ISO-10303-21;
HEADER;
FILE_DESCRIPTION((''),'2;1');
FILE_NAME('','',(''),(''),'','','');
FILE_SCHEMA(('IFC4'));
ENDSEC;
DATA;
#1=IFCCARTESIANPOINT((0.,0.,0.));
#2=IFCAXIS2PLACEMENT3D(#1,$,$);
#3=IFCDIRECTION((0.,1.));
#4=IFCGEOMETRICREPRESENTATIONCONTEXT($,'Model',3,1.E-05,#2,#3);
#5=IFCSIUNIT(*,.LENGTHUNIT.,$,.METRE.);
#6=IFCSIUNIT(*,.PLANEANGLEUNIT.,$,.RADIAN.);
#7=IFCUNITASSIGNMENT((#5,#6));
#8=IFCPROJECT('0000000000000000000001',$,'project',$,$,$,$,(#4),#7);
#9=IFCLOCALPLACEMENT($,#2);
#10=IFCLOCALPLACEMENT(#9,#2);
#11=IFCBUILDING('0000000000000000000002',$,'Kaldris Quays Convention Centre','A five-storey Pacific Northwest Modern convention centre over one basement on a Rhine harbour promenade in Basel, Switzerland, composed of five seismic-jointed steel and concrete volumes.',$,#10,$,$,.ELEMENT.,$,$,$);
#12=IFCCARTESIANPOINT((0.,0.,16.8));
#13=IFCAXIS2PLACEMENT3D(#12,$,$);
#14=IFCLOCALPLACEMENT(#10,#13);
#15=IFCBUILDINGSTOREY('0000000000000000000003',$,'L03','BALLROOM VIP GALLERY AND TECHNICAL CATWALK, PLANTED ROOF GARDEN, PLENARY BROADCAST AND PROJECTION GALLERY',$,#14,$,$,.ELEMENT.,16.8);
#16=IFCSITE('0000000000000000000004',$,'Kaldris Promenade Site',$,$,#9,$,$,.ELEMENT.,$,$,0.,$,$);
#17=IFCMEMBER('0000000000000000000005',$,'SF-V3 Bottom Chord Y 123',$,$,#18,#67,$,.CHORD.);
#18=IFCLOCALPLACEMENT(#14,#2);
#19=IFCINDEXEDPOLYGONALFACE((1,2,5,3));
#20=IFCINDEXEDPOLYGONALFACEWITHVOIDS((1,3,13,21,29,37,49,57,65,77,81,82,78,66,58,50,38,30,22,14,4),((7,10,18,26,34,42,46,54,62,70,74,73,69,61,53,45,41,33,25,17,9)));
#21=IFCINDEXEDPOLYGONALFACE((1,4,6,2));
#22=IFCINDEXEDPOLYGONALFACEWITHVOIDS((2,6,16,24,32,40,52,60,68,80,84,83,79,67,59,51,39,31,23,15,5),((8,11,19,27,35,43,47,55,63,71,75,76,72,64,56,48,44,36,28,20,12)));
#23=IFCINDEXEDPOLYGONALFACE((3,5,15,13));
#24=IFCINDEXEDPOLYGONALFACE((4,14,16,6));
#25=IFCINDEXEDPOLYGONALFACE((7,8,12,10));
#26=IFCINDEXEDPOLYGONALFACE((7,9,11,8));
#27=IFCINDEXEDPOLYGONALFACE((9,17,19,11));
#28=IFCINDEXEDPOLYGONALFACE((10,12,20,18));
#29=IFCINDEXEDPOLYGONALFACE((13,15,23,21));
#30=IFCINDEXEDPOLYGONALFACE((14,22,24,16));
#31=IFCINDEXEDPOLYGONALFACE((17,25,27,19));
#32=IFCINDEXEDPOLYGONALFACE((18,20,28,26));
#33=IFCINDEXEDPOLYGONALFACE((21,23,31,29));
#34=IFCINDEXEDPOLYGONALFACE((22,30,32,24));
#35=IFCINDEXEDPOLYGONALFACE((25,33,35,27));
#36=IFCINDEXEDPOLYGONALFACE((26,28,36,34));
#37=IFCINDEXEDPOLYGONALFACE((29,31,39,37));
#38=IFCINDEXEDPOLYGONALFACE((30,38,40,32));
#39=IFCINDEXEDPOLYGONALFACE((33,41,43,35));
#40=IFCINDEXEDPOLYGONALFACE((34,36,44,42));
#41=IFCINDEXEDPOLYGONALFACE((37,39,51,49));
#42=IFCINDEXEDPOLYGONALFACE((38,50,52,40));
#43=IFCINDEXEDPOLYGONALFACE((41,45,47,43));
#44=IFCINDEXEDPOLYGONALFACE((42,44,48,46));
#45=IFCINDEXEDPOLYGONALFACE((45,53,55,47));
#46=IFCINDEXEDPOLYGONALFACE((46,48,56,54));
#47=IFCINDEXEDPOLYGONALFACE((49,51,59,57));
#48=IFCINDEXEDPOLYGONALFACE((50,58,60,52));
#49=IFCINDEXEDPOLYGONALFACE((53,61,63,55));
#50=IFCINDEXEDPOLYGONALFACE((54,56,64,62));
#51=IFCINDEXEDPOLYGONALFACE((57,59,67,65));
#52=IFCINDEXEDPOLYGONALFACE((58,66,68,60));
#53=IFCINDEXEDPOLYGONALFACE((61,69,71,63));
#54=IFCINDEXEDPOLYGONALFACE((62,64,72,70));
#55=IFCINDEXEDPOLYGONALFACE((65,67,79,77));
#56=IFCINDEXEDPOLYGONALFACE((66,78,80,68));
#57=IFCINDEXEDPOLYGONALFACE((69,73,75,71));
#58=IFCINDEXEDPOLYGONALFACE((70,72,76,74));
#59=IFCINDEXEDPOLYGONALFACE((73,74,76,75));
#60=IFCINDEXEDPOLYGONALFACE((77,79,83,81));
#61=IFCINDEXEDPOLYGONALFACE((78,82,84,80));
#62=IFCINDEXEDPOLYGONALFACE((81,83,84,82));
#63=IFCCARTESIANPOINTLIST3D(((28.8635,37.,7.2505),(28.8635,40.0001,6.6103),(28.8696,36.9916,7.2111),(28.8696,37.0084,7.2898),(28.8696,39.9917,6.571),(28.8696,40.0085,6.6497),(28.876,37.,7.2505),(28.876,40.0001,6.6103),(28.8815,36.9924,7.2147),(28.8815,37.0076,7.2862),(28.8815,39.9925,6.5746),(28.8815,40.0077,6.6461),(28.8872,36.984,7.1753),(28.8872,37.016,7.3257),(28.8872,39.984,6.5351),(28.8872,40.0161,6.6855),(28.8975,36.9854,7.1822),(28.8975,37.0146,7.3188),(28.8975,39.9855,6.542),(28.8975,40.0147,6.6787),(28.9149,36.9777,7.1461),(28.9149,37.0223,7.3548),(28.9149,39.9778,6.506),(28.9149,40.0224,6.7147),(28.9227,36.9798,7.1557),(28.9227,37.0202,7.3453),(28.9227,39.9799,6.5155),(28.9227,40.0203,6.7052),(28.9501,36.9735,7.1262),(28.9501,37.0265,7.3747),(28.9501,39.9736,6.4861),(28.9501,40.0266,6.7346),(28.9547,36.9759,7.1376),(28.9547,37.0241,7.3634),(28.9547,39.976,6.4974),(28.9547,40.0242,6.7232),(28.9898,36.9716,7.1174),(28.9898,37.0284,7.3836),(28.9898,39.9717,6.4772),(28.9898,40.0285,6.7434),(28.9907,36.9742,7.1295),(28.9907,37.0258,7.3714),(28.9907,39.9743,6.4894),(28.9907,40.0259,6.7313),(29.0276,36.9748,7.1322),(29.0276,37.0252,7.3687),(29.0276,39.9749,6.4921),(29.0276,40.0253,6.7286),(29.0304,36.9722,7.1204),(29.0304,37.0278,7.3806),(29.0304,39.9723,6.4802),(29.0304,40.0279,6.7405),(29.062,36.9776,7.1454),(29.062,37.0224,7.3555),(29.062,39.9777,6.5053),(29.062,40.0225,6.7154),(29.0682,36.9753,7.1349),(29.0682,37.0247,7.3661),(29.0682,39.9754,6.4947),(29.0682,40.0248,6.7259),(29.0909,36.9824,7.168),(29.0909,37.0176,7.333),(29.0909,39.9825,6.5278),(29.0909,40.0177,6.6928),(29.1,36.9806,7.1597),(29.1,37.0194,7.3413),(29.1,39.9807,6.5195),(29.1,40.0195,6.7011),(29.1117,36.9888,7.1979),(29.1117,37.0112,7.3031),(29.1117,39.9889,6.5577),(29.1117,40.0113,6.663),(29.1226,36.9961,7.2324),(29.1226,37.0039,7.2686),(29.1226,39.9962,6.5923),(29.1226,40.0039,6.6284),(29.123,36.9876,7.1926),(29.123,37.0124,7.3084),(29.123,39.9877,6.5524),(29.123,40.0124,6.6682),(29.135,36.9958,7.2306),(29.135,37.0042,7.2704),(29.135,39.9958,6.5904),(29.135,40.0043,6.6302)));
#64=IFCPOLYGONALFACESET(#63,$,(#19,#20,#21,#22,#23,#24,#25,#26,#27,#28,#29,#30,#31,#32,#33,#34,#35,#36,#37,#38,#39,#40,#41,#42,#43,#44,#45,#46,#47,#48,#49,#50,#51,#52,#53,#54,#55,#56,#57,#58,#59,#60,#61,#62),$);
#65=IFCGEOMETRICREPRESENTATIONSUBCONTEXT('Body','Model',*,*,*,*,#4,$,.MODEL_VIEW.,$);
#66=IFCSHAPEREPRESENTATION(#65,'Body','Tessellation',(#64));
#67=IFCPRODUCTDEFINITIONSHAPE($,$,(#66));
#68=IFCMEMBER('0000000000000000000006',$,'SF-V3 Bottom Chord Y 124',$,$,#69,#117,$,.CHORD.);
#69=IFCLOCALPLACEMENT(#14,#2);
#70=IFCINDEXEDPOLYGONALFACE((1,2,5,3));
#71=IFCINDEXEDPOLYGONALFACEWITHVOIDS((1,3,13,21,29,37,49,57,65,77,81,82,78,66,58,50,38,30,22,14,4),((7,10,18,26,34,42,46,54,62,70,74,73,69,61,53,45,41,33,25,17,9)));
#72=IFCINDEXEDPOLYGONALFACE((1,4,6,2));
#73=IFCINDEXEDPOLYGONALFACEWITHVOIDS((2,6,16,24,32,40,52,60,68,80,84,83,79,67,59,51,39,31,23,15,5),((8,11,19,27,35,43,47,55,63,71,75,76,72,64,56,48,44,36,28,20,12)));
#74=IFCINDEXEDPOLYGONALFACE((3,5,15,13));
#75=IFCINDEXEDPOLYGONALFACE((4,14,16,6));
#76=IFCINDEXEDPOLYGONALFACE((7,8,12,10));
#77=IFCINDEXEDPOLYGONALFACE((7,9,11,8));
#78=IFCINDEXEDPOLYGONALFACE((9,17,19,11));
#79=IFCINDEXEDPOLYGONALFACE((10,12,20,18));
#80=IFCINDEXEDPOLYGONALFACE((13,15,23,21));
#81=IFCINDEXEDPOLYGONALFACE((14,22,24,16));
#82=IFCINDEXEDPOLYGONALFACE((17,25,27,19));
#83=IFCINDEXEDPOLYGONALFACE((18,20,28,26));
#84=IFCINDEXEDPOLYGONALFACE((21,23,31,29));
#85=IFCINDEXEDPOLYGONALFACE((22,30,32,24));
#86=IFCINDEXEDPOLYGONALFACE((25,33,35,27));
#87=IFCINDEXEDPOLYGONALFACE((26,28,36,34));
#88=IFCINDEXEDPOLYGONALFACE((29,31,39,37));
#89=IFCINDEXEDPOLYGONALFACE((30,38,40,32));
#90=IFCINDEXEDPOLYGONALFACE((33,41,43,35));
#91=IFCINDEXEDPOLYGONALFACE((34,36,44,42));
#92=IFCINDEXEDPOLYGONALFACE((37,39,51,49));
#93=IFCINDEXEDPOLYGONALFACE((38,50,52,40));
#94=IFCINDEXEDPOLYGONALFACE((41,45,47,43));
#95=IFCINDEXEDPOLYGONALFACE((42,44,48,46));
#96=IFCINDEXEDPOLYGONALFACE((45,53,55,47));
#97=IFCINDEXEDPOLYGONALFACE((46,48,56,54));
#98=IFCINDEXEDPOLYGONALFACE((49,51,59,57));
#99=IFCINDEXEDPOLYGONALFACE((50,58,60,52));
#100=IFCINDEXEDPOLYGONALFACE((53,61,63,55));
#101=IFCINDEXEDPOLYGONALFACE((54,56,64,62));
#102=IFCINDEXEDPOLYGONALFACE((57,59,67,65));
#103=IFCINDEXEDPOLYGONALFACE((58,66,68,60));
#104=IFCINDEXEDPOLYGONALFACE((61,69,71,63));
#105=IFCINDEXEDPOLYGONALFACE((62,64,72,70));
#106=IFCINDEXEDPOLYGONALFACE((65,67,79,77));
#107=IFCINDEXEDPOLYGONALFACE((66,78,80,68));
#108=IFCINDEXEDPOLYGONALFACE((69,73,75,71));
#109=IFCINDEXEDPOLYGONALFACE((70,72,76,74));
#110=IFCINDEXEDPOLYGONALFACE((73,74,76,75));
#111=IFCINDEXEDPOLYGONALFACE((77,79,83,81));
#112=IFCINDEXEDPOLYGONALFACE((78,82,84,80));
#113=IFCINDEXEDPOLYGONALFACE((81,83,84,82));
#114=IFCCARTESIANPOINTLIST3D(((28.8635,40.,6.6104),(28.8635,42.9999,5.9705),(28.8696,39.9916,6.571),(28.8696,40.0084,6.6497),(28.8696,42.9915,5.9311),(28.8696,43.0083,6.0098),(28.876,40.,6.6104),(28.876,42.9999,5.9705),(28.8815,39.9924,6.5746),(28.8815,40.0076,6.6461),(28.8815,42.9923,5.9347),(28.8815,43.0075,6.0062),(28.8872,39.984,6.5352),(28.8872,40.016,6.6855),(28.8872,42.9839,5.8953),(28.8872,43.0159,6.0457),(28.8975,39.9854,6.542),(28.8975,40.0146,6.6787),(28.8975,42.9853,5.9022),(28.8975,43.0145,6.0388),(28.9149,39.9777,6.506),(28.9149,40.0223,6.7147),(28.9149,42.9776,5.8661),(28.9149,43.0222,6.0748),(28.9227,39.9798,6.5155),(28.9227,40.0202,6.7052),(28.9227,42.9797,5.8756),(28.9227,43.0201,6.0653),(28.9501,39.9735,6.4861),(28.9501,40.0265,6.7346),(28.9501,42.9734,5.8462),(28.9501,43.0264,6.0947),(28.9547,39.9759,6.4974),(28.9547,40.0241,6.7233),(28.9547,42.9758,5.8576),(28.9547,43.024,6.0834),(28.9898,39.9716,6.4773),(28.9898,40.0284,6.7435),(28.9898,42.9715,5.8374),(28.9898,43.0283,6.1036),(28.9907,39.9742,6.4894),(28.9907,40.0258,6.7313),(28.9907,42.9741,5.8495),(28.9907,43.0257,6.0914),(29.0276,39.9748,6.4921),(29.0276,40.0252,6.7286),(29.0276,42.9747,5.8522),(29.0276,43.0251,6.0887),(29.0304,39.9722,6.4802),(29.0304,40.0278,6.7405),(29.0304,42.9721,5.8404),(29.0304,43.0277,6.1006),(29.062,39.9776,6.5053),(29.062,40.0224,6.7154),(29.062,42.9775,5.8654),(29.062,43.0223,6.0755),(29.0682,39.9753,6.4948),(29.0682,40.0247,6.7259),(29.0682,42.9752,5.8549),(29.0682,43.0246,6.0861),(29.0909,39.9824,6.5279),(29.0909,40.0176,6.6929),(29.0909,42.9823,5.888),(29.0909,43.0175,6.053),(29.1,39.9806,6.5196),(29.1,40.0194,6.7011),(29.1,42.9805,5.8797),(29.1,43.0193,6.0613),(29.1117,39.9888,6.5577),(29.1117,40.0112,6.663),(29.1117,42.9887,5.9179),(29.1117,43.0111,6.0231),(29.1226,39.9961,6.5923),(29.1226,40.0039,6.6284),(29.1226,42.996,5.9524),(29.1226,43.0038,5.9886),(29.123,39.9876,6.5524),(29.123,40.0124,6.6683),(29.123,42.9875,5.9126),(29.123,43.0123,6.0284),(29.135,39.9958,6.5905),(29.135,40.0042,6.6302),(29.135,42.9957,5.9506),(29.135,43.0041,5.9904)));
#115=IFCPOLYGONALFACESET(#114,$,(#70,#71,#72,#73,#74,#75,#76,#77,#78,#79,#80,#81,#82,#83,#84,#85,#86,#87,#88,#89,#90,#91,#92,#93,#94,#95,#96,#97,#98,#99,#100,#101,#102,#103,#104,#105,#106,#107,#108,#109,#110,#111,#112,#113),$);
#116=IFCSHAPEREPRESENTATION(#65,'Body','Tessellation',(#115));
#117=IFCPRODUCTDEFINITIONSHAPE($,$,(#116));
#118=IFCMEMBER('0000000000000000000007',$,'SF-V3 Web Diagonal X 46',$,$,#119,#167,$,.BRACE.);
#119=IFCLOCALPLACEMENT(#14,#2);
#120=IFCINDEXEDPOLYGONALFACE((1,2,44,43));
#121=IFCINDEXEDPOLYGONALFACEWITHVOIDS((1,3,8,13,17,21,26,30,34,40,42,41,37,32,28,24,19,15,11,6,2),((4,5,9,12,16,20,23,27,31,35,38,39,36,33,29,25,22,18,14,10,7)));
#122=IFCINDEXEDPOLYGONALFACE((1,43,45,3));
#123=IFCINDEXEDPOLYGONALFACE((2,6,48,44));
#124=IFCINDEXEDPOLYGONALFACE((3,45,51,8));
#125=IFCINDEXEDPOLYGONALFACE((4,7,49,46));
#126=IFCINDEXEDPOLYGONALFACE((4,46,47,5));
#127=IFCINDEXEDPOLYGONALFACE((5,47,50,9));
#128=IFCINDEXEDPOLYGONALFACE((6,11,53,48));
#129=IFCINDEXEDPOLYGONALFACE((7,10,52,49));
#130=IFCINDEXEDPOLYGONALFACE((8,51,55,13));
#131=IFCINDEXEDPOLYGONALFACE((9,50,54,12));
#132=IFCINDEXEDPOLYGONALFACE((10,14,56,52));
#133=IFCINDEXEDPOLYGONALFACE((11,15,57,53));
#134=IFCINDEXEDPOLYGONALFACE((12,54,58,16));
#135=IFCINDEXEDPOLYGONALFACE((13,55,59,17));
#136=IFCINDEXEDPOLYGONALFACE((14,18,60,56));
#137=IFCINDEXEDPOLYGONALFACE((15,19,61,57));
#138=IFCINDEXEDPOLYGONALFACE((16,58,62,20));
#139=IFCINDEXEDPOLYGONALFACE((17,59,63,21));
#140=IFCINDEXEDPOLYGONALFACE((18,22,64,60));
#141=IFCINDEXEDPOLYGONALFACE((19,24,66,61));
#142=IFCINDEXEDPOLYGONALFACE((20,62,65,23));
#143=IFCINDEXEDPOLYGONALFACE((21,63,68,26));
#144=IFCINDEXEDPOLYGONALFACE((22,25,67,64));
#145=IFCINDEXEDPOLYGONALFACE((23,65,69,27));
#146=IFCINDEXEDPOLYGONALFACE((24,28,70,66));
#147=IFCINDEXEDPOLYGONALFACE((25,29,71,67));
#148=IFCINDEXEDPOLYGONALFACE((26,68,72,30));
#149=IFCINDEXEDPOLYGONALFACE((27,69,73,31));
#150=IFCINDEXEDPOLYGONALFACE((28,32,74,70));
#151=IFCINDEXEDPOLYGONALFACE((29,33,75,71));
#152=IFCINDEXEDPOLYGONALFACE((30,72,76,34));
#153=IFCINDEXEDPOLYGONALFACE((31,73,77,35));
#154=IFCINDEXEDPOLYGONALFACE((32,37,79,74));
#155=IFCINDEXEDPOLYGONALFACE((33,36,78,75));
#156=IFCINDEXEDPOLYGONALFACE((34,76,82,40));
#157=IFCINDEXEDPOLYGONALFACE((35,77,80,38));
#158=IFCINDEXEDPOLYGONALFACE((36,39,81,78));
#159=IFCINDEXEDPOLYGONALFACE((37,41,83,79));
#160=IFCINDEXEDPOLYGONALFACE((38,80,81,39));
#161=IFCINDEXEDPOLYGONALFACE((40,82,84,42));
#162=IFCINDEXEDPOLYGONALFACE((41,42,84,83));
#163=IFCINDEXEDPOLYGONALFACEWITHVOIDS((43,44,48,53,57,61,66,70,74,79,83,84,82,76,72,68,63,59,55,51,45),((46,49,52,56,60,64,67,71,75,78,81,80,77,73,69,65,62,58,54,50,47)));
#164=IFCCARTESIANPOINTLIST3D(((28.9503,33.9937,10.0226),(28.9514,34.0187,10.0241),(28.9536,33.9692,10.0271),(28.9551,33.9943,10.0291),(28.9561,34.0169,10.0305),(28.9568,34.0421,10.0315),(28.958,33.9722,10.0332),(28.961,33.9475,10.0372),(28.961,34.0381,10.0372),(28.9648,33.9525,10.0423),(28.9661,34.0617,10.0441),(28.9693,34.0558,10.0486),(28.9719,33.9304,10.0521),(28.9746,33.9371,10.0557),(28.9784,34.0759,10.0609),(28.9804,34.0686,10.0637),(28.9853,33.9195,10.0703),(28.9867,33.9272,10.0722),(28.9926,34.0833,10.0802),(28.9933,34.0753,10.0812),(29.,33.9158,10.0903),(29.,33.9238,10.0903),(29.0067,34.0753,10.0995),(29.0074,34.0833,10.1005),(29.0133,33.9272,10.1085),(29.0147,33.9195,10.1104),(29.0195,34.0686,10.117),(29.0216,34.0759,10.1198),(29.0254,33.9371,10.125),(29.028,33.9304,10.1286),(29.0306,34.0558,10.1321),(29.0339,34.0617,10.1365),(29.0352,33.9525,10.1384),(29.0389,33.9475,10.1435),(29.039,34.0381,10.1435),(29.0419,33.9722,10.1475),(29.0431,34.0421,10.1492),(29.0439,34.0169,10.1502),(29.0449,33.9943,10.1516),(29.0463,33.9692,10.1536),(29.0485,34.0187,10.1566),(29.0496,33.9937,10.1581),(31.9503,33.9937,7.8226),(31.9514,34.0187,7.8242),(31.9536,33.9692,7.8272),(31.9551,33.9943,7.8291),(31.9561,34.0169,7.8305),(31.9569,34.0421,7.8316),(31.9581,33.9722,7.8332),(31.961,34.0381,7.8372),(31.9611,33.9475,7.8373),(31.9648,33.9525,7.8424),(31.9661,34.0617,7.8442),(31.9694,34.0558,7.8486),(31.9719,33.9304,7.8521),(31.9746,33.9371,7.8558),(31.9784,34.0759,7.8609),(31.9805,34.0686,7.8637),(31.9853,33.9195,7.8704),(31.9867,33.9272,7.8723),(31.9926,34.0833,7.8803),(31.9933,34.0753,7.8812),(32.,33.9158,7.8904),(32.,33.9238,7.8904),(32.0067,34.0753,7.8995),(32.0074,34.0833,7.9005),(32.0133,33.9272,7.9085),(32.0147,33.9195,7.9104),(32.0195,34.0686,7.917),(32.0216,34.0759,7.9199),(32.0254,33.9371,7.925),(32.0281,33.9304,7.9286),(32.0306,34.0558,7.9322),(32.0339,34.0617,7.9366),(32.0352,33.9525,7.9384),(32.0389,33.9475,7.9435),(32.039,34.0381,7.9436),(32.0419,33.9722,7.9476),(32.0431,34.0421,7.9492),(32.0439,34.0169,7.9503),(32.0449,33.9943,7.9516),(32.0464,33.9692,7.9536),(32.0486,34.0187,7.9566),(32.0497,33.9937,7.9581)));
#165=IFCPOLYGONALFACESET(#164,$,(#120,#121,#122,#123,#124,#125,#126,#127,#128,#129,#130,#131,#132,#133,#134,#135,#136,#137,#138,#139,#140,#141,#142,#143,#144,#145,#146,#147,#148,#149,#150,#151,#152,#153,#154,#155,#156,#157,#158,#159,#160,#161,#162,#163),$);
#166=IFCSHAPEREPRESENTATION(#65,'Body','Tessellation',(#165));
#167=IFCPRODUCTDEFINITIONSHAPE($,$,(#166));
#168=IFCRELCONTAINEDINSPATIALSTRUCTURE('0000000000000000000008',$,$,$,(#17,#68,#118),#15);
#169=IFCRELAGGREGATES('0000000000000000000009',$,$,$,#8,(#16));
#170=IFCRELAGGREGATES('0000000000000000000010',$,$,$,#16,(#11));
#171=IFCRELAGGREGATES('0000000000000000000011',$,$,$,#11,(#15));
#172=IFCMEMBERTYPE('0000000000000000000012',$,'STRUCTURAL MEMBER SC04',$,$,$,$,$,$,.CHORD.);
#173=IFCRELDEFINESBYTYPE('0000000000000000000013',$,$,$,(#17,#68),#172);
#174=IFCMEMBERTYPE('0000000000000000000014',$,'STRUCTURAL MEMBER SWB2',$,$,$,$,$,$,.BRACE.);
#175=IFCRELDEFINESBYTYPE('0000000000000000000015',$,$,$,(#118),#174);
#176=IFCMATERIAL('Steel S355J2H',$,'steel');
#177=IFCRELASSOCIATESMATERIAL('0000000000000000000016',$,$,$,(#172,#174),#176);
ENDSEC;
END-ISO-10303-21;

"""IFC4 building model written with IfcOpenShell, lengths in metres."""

from ifc_helpers import new_model, si_unit, direction, frame, origin, origin_2d, place, context, subcontext, project, spatial, hollow_circle, extrude, material, material_profile, profile_set, type_object, element, save


model = new_model("IFC4")

# Units and contexts
model_context = context("Model", 3, precision=1e-05, world=origin(), true_north=direction((0.0, 1.0)))
body_context = subcontext(model_context, "Body", "Model", "MODEL_VIEW")
ifc_project = project(units=[si_unit("LENGTHUNIT", "METRE"), si_unit("PLANEANGLEUNIT", "RADIAN")], contexts=[model_context])

# Site, building, storey
site_placement = place(None, origin())
site = spatial("IfcSite", under=ifc_project, at=site_placement, Name="Kaldris Promenade Site", CompositionType="ELEMENT", RefElevation=0.0)
building_placement = place(site_placement, origin())
building = spatial("IfcBuilding", under=site, at=building_placement, Name="Kaldris Quays Convention Centre", Description="A five-storey Pacific Northwest Modern convention centre over one basement on a Rhine harbour promenade in Basel, Switzerland, composed of five seismic-jointed steel and concrete volumes.", CompositionType="ELEMENT")
storey_placement = place(building_placement, frame((0.0, 0.0, 16.8)))
storey = spatial("IfcBuildingStorey", under=building, at=storey_placement, Name="L03", Description="BALLROOM VIP GALLERY AND TECHNICAL CATWALK, PLANTED ROOF GARDEN, PLENARY BROADCAST AND PROJECTION GALLERY", CompositionType="ELEMENT", Elevation=16.8)

# Members
ifc_material_1 = material(Name="Steel S355J2H", Category="steel")
ifc_material_profile_1 = material_profile(ifc_material_1, hollow_circle(Radius=0.1365, WallThickness=0.0125, at=origin_2d()), Name="CHS 273x12.5")
ifc_profile_set_1 = profile_set([ifc_material_profile_1], Name="Steel S355J2H")
member_type_1 = type_object("IfcMemberType", Name="STRUCTURAL MEMBER SC04", PredefinedType="CHORD", material=ifc_profile_set_1)
member_1_placement = place(storey_placement, frame((29.0, 37.0, 7.2505), z_axis=(0.0, 0.977984, -0.208681), x_axis=(-1.0, 0.0, 0.0)))
element("IfcMember", 1, at=member_1_placement, inside=storey, type_object=member_type_1, Name="SF-V3 Bottom Chord Y 123", PredefinedType="CHORD", context=body_context, shape_type="SweptSolid", body=[
    extrude(hollow_circle(Radius=0.1365, WallThickness=0.0125, at=origin_2d()), origin(), (0.0, 0.0, 1.0), 3.0676),
])
member_2_placement = place(storey_placement, frame((29.0, 40.0, 6.6104), z_axis=(0.0, 0.978, -0.208605), x_axis=(-1.0, 0.0, 0.0)))
element("IfcMember", 2, at=member_2_placement, inside=storey, type_object=member_type_1, Name="SF-V3 Bottom Chord Y 124", PredefinedType="CHORD", context=body_context, shape_type="SweptSolid", body=[
    extrude(hollow_circle(Radius=0.1365, WallThickness=0.0125, at=origin_2d()), origin(), (0.0, 0.0, 1.0), 3.0674),
])
ifc_material_profile_2 = material_profile(ifc_material_1, hollow_circle(Radius=0.0842, WallThickness=0.0081, at=origin_2d()), Name="CHS 168.3x8")
ifc_profile_set_2 = profile_set([ifc_material_profile_2], Name="Steel S355J2H")
member_type_2 = type_object("IfcMemberType", Name="STRUCTURAL MEMBER SWB2", PredefinedType="BRACE", material=ifc_profile_set_2)
for number, where, z_axis, x_axis, name in (
    (3, (32.0, 34.0, 7.8904), (-0.806411, 0.0, 0.591355), (0.0, -1.0, 0.0), "SF-V3 Web Diagonal X 46"),
):
    element("IfcMember", number, at=place(storey_placement, frame(where, z_axis=z_axis, x_axis=x_axis)), inside=storey, type_object=member_type_2, Name=name, PredefinedType="BRACE", context=body_context, shape_type="SweptSolid", body=[
        extrude(hollow_circle(Radius=0.0842, WallThickness=0.0081, at=origin_2d()), origin(), (0.0, 0.0, 1.0), 3.7202),
    ])

save(model, "model.ifc")
